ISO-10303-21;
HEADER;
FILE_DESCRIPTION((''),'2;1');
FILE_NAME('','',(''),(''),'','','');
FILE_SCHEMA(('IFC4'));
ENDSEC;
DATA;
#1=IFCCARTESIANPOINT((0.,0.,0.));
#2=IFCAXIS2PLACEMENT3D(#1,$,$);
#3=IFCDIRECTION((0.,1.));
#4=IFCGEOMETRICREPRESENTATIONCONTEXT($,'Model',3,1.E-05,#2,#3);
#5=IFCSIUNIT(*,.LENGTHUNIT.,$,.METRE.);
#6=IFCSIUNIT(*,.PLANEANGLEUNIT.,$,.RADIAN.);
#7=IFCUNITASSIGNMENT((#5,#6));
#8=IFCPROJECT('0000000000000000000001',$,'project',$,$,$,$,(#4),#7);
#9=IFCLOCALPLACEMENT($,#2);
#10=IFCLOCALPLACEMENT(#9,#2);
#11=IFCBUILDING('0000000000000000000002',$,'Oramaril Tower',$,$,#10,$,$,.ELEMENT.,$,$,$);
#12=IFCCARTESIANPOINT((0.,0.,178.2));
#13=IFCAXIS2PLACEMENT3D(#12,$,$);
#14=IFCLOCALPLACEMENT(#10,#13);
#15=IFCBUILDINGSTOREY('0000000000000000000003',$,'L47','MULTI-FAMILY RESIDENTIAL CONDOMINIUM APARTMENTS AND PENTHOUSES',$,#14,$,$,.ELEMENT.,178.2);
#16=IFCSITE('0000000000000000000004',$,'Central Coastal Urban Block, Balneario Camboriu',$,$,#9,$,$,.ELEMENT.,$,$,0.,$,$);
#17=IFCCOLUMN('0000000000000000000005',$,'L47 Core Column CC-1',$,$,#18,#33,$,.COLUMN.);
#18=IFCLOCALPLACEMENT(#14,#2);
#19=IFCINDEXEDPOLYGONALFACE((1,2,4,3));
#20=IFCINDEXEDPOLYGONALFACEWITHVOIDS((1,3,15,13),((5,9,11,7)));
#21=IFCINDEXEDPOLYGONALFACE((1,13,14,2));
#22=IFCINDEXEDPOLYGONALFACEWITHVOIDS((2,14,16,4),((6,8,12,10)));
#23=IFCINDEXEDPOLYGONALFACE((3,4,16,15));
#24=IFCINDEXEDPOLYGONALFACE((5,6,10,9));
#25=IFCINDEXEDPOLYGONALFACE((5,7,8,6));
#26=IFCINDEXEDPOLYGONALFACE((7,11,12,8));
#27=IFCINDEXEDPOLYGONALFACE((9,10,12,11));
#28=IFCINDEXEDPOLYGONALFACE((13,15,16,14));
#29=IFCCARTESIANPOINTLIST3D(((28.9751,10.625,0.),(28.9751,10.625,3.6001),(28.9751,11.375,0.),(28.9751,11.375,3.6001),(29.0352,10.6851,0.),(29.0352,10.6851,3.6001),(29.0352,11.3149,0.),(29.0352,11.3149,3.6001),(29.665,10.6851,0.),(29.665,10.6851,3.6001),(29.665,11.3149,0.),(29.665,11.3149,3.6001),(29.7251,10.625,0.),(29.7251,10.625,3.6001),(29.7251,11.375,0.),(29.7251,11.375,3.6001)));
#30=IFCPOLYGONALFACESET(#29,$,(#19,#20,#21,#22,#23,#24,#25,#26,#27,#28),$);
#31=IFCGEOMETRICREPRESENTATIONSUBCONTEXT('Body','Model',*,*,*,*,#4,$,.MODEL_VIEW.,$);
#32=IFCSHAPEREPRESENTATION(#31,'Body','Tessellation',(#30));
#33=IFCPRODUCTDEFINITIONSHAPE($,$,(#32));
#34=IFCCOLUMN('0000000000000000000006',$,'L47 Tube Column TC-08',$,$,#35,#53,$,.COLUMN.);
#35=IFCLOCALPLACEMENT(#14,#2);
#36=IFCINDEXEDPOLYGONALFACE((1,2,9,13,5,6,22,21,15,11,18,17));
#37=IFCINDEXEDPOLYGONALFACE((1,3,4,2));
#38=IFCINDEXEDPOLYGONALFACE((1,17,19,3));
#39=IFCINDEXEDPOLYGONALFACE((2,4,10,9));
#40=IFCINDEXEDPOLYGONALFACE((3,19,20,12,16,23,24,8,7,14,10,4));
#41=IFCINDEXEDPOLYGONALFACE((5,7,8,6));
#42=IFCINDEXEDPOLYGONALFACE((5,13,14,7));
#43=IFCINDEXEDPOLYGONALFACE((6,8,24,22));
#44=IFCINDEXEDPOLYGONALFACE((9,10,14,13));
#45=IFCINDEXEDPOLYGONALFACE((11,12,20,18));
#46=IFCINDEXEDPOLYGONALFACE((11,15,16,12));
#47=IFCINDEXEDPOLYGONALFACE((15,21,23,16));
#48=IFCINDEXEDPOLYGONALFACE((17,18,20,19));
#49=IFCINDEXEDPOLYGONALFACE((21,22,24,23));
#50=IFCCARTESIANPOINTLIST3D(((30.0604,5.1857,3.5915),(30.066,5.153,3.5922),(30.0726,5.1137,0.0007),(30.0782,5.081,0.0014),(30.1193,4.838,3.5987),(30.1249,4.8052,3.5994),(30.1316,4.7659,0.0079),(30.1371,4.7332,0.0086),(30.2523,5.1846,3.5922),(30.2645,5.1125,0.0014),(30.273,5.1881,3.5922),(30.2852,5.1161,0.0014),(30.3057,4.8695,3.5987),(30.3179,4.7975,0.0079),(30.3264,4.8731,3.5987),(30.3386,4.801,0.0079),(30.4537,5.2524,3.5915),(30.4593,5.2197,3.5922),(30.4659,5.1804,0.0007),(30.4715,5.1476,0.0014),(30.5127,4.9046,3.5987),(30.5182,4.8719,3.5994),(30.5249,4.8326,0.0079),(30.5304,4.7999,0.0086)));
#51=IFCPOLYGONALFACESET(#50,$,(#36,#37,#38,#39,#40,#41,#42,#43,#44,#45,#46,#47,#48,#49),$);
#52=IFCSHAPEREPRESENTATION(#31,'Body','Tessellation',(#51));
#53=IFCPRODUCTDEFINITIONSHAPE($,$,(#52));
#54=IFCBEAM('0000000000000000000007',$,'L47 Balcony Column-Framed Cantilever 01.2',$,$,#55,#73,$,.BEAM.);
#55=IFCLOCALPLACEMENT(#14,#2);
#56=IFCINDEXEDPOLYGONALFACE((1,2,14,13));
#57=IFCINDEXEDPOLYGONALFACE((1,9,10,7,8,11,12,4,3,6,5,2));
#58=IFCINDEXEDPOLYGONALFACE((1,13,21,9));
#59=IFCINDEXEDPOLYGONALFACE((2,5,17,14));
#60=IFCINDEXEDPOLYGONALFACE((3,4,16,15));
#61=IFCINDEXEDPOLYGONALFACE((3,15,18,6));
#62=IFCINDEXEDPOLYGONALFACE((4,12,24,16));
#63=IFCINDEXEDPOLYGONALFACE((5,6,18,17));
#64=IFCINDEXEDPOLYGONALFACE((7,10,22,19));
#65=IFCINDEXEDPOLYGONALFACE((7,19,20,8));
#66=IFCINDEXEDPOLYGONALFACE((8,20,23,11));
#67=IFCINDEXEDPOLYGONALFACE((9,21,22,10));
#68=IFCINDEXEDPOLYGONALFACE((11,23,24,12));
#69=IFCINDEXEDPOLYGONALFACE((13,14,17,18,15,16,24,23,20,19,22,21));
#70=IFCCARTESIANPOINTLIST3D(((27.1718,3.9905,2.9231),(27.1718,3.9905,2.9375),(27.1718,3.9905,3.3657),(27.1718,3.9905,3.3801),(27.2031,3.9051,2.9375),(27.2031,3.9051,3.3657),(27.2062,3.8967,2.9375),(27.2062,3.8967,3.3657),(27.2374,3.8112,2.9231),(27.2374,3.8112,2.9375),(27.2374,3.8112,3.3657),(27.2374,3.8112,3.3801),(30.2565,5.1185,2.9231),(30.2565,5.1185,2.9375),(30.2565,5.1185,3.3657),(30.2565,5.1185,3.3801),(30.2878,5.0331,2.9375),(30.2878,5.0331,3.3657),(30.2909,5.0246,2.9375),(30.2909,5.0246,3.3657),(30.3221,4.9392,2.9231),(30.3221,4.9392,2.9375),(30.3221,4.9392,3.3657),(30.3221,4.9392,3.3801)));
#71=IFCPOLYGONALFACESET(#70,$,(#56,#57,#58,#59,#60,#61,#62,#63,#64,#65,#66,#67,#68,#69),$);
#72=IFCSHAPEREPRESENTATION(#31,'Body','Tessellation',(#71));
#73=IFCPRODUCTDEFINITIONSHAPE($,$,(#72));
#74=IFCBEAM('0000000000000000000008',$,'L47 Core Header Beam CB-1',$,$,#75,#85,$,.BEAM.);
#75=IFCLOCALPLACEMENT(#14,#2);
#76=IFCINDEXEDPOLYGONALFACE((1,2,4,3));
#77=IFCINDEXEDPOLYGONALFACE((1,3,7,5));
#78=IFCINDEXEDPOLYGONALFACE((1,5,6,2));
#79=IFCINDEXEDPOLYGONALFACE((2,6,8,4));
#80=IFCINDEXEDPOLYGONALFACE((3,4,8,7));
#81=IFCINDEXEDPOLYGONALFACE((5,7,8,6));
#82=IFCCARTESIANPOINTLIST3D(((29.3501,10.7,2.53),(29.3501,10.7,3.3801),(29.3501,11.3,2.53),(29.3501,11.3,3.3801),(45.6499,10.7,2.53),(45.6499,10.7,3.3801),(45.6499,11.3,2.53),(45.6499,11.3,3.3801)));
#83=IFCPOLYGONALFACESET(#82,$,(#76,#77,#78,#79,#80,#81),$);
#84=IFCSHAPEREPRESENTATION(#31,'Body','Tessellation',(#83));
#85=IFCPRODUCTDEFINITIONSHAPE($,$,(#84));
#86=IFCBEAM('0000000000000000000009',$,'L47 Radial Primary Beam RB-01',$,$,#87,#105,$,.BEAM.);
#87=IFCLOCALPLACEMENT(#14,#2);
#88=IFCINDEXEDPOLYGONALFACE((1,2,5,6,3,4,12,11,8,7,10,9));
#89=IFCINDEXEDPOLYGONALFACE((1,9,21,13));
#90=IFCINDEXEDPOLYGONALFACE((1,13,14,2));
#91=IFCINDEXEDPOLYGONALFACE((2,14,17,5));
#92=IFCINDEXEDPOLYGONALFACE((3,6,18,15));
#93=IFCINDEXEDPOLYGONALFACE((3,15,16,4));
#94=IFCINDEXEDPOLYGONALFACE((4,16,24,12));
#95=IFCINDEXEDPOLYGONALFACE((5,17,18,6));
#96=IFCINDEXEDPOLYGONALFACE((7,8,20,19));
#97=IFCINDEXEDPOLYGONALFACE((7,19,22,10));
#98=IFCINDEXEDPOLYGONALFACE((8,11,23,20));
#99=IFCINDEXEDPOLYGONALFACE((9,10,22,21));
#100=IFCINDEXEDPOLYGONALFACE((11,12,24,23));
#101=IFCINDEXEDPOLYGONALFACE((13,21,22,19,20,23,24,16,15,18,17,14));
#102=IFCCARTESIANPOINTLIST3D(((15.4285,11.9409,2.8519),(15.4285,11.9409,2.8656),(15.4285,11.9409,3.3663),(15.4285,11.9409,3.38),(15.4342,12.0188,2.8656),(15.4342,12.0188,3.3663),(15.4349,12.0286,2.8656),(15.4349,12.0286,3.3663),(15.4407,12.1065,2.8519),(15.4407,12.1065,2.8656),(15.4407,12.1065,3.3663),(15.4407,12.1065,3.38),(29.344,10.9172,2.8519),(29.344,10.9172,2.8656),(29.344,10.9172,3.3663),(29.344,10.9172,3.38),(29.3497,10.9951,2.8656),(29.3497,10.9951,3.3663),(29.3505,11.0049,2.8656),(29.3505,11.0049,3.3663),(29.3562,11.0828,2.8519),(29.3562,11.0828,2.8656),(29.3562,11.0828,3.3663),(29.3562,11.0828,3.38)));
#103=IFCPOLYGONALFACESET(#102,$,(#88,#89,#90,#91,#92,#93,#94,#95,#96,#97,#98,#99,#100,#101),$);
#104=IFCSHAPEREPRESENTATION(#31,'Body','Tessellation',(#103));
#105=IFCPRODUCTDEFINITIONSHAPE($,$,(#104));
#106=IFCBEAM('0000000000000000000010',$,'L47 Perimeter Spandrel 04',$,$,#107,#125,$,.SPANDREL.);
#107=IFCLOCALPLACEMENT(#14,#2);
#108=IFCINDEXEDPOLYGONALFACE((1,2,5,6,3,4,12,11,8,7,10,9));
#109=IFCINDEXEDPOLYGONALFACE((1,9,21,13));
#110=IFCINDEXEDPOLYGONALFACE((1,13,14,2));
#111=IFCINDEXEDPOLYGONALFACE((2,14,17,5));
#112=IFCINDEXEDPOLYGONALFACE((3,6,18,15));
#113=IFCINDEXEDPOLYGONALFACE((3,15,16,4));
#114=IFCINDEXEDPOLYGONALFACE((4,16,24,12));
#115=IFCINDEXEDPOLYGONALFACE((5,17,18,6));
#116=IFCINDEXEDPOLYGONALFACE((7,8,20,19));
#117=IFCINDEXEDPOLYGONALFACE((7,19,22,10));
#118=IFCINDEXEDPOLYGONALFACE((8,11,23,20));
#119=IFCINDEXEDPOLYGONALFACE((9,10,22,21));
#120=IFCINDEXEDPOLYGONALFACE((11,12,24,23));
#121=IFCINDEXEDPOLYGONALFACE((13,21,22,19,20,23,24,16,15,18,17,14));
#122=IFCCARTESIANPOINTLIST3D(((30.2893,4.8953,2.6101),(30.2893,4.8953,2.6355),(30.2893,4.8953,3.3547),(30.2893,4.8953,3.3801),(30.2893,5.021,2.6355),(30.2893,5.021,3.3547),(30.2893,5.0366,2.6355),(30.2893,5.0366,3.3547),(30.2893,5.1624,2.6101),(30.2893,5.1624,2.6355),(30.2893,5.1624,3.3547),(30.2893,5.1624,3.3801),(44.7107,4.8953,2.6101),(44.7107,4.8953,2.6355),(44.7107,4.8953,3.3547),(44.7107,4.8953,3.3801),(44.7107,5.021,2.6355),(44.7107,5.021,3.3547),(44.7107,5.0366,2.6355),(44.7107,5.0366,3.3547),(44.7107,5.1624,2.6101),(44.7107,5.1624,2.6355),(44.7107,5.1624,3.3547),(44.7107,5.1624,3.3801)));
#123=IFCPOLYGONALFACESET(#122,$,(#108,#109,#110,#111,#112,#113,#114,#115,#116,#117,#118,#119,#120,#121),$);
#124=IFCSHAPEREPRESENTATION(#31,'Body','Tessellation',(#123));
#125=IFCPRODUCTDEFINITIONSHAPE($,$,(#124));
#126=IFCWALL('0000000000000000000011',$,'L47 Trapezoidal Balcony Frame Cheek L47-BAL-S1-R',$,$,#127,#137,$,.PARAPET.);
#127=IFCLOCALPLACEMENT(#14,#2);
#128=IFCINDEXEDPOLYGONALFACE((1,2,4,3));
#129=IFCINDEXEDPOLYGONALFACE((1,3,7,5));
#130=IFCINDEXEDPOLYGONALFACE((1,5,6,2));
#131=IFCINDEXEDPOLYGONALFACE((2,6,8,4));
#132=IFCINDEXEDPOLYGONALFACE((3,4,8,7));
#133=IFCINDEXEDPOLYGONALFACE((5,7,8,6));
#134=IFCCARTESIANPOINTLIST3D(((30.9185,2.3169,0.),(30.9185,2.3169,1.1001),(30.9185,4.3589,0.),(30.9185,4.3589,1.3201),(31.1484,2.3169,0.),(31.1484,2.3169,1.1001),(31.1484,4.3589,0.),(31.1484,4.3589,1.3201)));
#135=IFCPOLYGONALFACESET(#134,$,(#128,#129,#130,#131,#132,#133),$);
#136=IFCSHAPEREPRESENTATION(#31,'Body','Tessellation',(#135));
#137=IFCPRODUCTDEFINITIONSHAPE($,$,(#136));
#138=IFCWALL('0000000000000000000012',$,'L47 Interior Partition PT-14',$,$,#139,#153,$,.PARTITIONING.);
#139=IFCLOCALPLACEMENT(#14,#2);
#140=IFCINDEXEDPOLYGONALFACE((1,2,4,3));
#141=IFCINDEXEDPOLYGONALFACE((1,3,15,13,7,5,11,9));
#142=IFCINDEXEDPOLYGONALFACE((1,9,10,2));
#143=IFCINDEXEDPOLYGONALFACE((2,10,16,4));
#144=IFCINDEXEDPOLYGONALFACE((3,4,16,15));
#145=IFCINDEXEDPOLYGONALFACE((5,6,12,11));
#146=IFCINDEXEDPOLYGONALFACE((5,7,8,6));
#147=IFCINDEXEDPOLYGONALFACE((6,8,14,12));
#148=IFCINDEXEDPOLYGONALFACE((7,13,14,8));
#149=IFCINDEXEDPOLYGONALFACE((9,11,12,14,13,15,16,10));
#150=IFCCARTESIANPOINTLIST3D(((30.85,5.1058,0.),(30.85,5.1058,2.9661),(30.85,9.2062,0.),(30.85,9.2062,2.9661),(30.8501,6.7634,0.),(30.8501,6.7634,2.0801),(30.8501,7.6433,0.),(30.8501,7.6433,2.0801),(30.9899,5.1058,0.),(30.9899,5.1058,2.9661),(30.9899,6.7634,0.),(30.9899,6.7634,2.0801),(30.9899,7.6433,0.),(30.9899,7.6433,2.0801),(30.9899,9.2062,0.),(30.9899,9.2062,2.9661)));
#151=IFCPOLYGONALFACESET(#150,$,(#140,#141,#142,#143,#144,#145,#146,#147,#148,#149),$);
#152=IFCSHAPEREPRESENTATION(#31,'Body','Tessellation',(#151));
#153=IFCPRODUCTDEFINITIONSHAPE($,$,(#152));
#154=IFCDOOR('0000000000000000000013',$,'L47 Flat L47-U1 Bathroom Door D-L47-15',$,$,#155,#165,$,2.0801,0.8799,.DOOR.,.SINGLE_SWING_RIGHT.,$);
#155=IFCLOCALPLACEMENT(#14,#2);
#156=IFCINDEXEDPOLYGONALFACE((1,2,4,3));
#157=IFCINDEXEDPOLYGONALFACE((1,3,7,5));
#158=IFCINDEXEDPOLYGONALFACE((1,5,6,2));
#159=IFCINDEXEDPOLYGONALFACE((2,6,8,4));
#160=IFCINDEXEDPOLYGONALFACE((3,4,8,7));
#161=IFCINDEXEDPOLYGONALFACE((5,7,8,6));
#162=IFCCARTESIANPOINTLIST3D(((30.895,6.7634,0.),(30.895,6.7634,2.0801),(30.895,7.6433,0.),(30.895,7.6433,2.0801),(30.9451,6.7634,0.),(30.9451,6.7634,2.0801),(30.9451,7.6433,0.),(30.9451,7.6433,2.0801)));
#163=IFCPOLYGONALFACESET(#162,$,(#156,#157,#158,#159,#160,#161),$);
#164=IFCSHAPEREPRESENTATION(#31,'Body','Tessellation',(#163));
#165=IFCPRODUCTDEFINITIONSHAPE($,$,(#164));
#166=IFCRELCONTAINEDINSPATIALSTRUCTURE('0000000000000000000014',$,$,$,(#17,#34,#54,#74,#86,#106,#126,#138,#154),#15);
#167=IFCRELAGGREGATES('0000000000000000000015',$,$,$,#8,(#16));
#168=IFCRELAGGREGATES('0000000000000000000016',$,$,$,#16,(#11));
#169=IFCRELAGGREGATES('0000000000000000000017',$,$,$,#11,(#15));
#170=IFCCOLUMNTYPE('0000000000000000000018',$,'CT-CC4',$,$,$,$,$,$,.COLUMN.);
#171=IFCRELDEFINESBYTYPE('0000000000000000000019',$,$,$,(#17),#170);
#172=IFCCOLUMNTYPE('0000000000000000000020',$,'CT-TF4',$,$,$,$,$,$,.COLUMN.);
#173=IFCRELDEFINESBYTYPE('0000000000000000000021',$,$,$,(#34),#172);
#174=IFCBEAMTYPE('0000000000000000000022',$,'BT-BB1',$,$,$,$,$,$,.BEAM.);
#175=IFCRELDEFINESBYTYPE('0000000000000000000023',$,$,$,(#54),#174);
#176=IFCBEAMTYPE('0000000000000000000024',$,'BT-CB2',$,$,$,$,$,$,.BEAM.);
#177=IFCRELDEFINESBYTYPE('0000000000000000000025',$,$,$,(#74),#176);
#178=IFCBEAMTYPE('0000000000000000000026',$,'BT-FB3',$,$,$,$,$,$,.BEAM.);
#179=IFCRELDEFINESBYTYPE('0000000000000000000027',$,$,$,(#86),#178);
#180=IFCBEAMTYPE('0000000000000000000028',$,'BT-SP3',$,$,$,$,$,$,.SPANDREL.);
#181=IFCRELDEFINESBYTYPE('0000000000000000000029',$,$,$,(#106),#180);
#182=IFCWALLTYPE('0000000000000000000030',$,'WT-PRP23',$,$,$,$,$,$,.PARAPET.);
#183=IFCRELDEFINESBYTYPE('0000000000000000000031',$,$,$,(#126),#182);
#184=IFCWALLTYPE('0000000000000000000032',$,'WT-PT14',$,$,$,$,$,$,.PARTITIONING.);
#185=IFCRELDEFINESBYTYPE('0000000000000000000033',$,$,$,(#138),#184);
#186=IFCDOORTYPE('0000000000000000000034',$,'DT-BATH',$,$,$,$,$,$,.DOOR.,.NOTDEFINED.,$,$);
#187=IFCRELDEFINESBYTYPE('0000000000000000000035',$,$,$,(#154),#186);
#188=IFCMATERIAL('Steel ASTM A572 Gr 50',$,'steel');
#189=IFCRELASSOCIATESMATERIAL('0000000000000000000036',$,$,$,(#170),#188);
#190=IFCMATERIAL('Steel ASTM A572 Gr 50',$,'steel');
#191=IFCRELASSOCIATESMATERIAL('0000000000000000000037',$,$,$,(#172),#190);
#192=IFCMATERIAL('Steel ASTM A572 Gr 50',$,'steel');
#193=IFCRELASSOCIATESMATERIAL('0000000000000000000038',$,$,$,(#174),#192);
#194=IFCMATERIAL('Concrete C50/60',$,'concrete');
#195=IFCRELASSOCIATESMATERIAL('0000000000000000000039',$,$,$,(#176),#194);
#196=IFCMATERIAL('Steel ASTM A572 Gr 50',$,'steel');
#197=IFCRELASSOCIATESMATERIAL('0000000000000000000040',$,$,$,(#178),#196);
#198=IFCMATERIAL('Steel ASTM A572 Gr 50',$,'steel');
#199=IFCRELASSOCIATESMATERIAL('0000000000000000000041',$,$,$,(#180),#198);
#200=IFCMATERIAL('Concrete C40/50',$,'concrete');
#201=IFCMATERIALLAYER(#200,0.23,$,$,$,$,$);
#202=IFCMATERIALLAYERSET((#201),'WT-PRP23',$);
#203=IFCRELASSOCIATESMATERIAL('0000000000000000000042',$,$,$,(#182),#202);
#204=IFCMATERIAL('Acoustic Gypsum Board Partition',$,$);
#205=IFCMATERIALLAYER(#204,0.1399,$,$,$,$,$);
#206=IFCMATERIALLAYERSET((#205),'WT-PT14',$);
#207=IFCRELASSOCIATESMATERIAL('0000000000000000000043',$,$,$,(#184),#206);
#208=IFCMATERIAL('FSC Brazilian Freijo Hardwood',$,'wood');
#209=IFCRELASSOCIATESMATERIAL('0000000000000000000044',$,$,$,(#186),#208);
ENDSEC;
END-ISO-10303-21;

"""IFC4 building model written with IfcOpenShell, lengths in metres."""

from ifc_helpers import new_model, si_unit, direction, frame, frame_2d, origin, origin_2d, place, context, subcontext, project, spatial, polyline, rectangle, hollow_rectangle, i_section, outline, extrude, material, layer, layer_set, material_profile, profile_set, type_object, element, fill, save


model = new_model("IFC4")

# Units and contexts
model_context = context("Model", 3, precision=1e-05, world=origin(), true_north=direction((0.0, 1.0)))
body_context = subcontext(model_context, "Body", "Model", "MODEL_VIEW")
ifc_project = project(units=[si_unit("LENGTHUNIT", "METRE"), si_unit("PLANEANGLEUNIT", "RADIAN")], contexts=[model_context])

# Site, building, storey
site_placement = place(None, origin())
site = spatial("IfcSite", under=ifc_project, at=site_placement, Name="Central Coastal Urban Block, Balneario Camboriu", CompositionType="ELEMENT", RefElevation=0.0)
building_placement = place(site_placement, origin())
building = spatial("IfcBuilding", under=site, at=building_placement, Name="Oramaril Tower", CompositionType="ELEMENT")
storey_placement = place(building_placement, frame((0.0, 0.0, 178.2)))
storey = spatial("IfcBuildingStorey", under=building, at=storey_placement, Name="L47", Description="MULTI-FAMILY RESIDENTIAL CONDOMINIUM APARTMENTS AND PENTHOUSES", CompositionType="ELEMENT", Elevation=178.2)

# Columns
ifc_material_1 = material(Name="Steel ASTM A572 Gr 50", Category="steel")
ifc_material_profile_1 = material_profile(ifc_material_1, hollow_rectangle(XDim=0.75, YDim=0.75, WallThickness=0.0601, at=origin_2d()), Name="BOX750X750X60")
ifc_profile_set_1 = profile_set([ifc_material_profile_1], Name="Steel ASTM A572 Gr 50")
column_type_1 = type_object("IfcColumnType", Name="CT-CC4", PredefinedType="COLUMN", material=ifc_profile_set_1)
column_1_placement = place(storey_placement, frame((29.3501, 11.0, 0.0), z_axis=(0.0, 0.0, 1.0), x_axis=(1.0, 0.0, 0.0)))
element("IfcColumn", 1, at=column_1_placement, inside=storey, type_object=column_type_1, Name="L47 Core Column CC-1", PredefinedType="COLUMN", context=body_context, shape_type="SweptSolid", body=[
    extrude(hollow_rectangle(XDim=0.75, YDim=0.75, WallThickness=0.0601, at=origin_2d()), origin(), (0.0, 0.0, 1.0), 3.6001),
])
ifc_material_2 = material(Name="Steel ASTM A572 Gr 50", Category="steel")
ifc_material_profile_2 = material_profile(ifc_material_2, i_section(OverallWidth=0.3989, OverallDepth=0.386, WebThickness=0.021, FlangeThickness=0.0332, at=origin_2d()), Name="W14X176")
ifc_profile_set_2 = profile_set([ifc_material_profile_2], Name="Steel ASTM A572 Gr 50")
column_type_2 = type_object("IfcColumnType", Name="CT-TF4", PredefinedType="COLUMN", material=ifc_profile_set_2)
column_2_placement = place(storey_placement, frame((30.3015, 4.9568, 0.0046), z_axis=(-0.003399, 0.020053, 0.999793), x_axis=(-0.985939, -0.167108, 0.0)))
element("IfcColumn", 2, at=column_2_placement, inside=storey, type_object=column_type_2, Name="L47 Tube Column TC-08", PredefinedType="COLUMN", context=body_context, shape_type="SweptSolid", body=[
    extrude(i_section(OverallWidth=0.3989, OverallDepth=0.386, WebThickness=0.021, FlangeThickness=0.0332, at=origin_2d()), origin(), (0.0, 0.0, 1.0), 3.5916),
])

# Beams
ifc_material_3 = material(Name="Steel ASTM A572 Gr 50", Category="steel")
ifc_material_profile_3 = material_profile(ifc_material_3, i_section(OverallWidth=0.1909, OverallDepth=0.457, WebThickness=0.009, FlangeThickness=0.0144, at=origin_2d()), Name="W18X50")
ifc_profile_set_3 = profile_set([ifc_material_profile_3], Name="Steel ASTM A572 Gr 50")
beam_type_1 = type_object("IfcBeamType", Name="BT-BB1", PredefinedType="BEAM", material=ifc_profile_set_3)
beam_1_placement = place(storey_placement, frame((30.2893, 5.0288, 3.1516), z_axis=(-0.939184, -0.343414, 0.0), x_axis=(0.343414, -0.939184, 0.0)))
element("IfcBeam", 3, at=beam_1_placement, inside=storey, type_object=beam_type_1, Name="L47 Balcony Column-Framed Cantilever 01.2", PredefinedType="BEAM", context=body_context, shape_type="SweptSolid", body=[
    extrude(i_section(OverallWidth=0.1909, OverallDepth=0.457, WebThickness=0.009, FlangeThickness=0.0144, at=origin_2d()), origin(), (0.0, 0.0, 1.0), 3.2844),
])
ifc_material_4 = material(Name="Concrete C50/60", Category="concrete")
ifc_material_profile_4 = material_profile(ifc_material_4, rectangle(XDim=0.6001, YDim=0.8501, at=origin_2d()), Name="CB600X850")
ifc_profile_set_4 = profile_set([ifc_material_profile_4], Name="Concrete C50/60")
beam_type_2 = type_object("IfcBeamType", Name="BT-CB2", PredefinedType="BEAM", material=ifc_profile_set_4)
beam_2_placement = place(storey_placement, frame((29.3501, 11.0, 2.9551), z_axis=(1.0, 0.0, 0.0), x_axis=(0.0, 1.0, 0.0)))
element("IfcBeam", 4, at=beam_2_placement, inside=storey, type_object=beam_type_2, Name="L47 Core Header Beam CB-1", PredefinedType="BEAM", context=body_context, shape_type="SweptSolid", body=[
    extrude(rectangle(XDim=0.6001, YDim=0.8501, at=origin_2d()), origin(), (0.0, 0.0, 1.0), 16.2998),
])
ifc_material_5 = material(Name="Steel ASTM A572 Gr 50", Category="steel")
ifc_material_profile_5 = material_profile(ifc_material_5, i_section(OverallWidth=0.166, OverallDepth=0.5281, WebThickness=0.0098, FlangeThickness=0.0137, at=origin_2d()), Name="W21X50")
ifc_profile_set_5 = profile_set([ifc_material_profile_5], Name="Steel ASTM A572 Gr 50")
beam_type_3 = type_object("IfcBeamType", Name="BT-FB3", PredefinedType="BEAM", material=ifc_profile_set_5)
beam_3_placement = place(storey_placement, frame((29.3501, 11.0, 3.116), z_axis=(-0.997305, 0.073366, 0.0), x_axis=(-0.073366, -0.997305, 0.0)))
element("IfcBeam", 5, at=beam_3_placement, inside=storey, type_object=beam_type_3, Name="L47 Radial Primary Beam RB-01", PredefinedType="BEAM", context=body_context, shape_type="SweptSolid", body=[
    extrude(i_section(OverallWidth=0.166, OverallDepth=0.5281, WebThickness=0.0098, FlangeThickness=0.0137, at=origin_2d()), origin(), (0.0, 0.0, 1.0), 13.9531),
])
ifc_material_6 = material(Name="Steel ASTM A572 Gr 50", Category="steel")
ifc_material_profile_6 = material_profile(ifc_material_6, i_section(OverallWidth=0.2671, OverallDepth=0.77, WebThickness=0.0156, FlangeThickness=0.0254, at=origin_2d()), Name="W30X132")
ifc_profile_set_6 = profile_set([ifc_material_profile_6], Name="Steel ASTM A572 Gr 50")
beam_type_4 = type_object("IfcBeamType", Name="BT-SP3", PredefinedType="SPANDREL", material=ifc_profile_set_6)
beam_4_placement = place(storey_placement, frame((30.2893, 5.0288, 2.9951), z_axis=(1.0, 0.0, 0.0), x_axis=(0.0, 1.0, 0.0)))
element("IfcBeam", 6, at=beam_4_placement, inside=storey, type_object=beam_type_4, Name="L47 Perimeter Spandrel 04", PredefinedType="SPANDREL", context=body_context, shape_type="SweptSolid", body=[
    extrude(i_section(OverallWidth=0.2671, OverallDepth=0.77, WebThickness=0.0156, FlangeThickness=0.0254, at=origin_2d()), origin(), (0.0, 0.0, 1.0), 14.4214),
])

# Wall
ifc_material_7 = material(Name="Concrete C40/50", Category="concrete")
ifc_layer_1 = layer(ifc_material_7, 0.23)
ifc_layer_set_1 = layer_set([ifc_layer_1], Name="WT-PRP23")
wall_type_1 = type_object("IfcWallType", Name="WT-PRP23", PredefinedType="PARAPET", material=ifc_layer_set_1)
wall_1_placement = place(storey_placement, frame((31.0334, 4.3589, 0.0), z_axis=(0.0, 0.0, 1.0), x_axis=(0.0, -1.0, 0.0)))
element("IfcWall", 7, at=wall_1_placement, inside=storey, type_object=wall_type_1, Name="L47 Trapezoidal Balcony Frame Cheek L47-BAL-S1-R", PredefinedType="PARAPET", context=body_context, shape_type="SweptSolid", body=[
    extrude(outline(polyline([(0.0, 0.0), (2.042, 0.0), (2.042, 1.1001), (0.0, 1.3201), (0.0, 0.0)])), frame((0.0, 0.115, 0.0), z_axis=(0.0, -1.0, 0.0), x_axis=(1.0, 0.0, 0.0)), (0.0, 0.0, 1.0), 0.23),
])

# Wall, opening, door
ifc_material_8 = material(Name="Acoustic Gypsum Board Partition")
ifc_layer_2 = layer(ifc_material_8, 0.1399)
ifc_layer_set_2 = layer_set([ifc_layer_2], Name="WT-PT14")
wall_type_2 = type_object("IfcWallType", Name="WT-PT14", PredefinedType="PARTITIONING", material=ifc_layer_set_2)
wall_2_placement = place(storey_placement, frame((30.9199, 5.1057, 0.0), z_axis=(0.0, 0.0, 1.0), x_axis=(0.0, 1.0, 0.0)))
wall_2 = element("IfcWall", 8, at=wall_2_placement, inside=storey, type_object=wall_type_2, Name="L47 Interior Partition PT-14", PredefinedType="PARTITIONING", context=body_context, shape_type="SweptSolid", body=[
    extrude(rectangle(XDim=4.1003, YDim=0.1399, at=frame_2d((2.0503, 0.0))), origin(), (0.0, 0.0, 1.0), 2.9661),
])
opening_1_placement = place(wall_2_placement, frame((1.6577, 0.0, 0.0)))
opening_1 = element("IfcOpeningElement", 9, at=opening_1_placement, cuts=wall_2, PredefinedType="OPENING", context=body_context, shape_type="SweptSolid", body=[
    extrude(rectangle(XDim=0.8799, YDim=2.0801, at=frame_2d((0.4399, 1.04))), frame((0.0, 0.0698, 0.0), z_axis=(0.0, -1.0, 0.0), x_axis=(1.0, 0.0, 0.0)), (0.0, 0.0, 1.0), 0.1399),
])
ifc_material_9 = material(Name="FSC Brazilian Freijo Hardwood", Category="wood")
door_type_1 = type_object("IfcDoorType", Name="DT-BATH", OperationType="NOTDEFINED", PredefinedType="DOOR", material=ifc_material_9)
door_1_placement = place(opening_1_placement, origin())
door_1 = element("IfcDoor", 10, at=door_1_placement, inside=storey, type_object=door_type_1, Name="L47 Flat L47-U1 Bathroom Door D-L47-15", OperationType="SINGLE_SWING_RIGHT", OverallHeight=2.0801, OverallWidth=0.8799, PredefinedType="DOOR", context=body_context, shape_type="SweptSolid", body=[
    extrude(rectangle(XDim=0.8799, YDim=2.0801, at=frame_2d((0.4399, 1.04))), frame((0.0, 0.0249, 0.0), z_axis=(0.0, -1.0, 0.0), x_axis=(1.0, 0.0, 0.0)), (0.0, 0.0, 1.0), 0.05),
])
fill(opening_1, door_1)

save(model, "model.ifc")
